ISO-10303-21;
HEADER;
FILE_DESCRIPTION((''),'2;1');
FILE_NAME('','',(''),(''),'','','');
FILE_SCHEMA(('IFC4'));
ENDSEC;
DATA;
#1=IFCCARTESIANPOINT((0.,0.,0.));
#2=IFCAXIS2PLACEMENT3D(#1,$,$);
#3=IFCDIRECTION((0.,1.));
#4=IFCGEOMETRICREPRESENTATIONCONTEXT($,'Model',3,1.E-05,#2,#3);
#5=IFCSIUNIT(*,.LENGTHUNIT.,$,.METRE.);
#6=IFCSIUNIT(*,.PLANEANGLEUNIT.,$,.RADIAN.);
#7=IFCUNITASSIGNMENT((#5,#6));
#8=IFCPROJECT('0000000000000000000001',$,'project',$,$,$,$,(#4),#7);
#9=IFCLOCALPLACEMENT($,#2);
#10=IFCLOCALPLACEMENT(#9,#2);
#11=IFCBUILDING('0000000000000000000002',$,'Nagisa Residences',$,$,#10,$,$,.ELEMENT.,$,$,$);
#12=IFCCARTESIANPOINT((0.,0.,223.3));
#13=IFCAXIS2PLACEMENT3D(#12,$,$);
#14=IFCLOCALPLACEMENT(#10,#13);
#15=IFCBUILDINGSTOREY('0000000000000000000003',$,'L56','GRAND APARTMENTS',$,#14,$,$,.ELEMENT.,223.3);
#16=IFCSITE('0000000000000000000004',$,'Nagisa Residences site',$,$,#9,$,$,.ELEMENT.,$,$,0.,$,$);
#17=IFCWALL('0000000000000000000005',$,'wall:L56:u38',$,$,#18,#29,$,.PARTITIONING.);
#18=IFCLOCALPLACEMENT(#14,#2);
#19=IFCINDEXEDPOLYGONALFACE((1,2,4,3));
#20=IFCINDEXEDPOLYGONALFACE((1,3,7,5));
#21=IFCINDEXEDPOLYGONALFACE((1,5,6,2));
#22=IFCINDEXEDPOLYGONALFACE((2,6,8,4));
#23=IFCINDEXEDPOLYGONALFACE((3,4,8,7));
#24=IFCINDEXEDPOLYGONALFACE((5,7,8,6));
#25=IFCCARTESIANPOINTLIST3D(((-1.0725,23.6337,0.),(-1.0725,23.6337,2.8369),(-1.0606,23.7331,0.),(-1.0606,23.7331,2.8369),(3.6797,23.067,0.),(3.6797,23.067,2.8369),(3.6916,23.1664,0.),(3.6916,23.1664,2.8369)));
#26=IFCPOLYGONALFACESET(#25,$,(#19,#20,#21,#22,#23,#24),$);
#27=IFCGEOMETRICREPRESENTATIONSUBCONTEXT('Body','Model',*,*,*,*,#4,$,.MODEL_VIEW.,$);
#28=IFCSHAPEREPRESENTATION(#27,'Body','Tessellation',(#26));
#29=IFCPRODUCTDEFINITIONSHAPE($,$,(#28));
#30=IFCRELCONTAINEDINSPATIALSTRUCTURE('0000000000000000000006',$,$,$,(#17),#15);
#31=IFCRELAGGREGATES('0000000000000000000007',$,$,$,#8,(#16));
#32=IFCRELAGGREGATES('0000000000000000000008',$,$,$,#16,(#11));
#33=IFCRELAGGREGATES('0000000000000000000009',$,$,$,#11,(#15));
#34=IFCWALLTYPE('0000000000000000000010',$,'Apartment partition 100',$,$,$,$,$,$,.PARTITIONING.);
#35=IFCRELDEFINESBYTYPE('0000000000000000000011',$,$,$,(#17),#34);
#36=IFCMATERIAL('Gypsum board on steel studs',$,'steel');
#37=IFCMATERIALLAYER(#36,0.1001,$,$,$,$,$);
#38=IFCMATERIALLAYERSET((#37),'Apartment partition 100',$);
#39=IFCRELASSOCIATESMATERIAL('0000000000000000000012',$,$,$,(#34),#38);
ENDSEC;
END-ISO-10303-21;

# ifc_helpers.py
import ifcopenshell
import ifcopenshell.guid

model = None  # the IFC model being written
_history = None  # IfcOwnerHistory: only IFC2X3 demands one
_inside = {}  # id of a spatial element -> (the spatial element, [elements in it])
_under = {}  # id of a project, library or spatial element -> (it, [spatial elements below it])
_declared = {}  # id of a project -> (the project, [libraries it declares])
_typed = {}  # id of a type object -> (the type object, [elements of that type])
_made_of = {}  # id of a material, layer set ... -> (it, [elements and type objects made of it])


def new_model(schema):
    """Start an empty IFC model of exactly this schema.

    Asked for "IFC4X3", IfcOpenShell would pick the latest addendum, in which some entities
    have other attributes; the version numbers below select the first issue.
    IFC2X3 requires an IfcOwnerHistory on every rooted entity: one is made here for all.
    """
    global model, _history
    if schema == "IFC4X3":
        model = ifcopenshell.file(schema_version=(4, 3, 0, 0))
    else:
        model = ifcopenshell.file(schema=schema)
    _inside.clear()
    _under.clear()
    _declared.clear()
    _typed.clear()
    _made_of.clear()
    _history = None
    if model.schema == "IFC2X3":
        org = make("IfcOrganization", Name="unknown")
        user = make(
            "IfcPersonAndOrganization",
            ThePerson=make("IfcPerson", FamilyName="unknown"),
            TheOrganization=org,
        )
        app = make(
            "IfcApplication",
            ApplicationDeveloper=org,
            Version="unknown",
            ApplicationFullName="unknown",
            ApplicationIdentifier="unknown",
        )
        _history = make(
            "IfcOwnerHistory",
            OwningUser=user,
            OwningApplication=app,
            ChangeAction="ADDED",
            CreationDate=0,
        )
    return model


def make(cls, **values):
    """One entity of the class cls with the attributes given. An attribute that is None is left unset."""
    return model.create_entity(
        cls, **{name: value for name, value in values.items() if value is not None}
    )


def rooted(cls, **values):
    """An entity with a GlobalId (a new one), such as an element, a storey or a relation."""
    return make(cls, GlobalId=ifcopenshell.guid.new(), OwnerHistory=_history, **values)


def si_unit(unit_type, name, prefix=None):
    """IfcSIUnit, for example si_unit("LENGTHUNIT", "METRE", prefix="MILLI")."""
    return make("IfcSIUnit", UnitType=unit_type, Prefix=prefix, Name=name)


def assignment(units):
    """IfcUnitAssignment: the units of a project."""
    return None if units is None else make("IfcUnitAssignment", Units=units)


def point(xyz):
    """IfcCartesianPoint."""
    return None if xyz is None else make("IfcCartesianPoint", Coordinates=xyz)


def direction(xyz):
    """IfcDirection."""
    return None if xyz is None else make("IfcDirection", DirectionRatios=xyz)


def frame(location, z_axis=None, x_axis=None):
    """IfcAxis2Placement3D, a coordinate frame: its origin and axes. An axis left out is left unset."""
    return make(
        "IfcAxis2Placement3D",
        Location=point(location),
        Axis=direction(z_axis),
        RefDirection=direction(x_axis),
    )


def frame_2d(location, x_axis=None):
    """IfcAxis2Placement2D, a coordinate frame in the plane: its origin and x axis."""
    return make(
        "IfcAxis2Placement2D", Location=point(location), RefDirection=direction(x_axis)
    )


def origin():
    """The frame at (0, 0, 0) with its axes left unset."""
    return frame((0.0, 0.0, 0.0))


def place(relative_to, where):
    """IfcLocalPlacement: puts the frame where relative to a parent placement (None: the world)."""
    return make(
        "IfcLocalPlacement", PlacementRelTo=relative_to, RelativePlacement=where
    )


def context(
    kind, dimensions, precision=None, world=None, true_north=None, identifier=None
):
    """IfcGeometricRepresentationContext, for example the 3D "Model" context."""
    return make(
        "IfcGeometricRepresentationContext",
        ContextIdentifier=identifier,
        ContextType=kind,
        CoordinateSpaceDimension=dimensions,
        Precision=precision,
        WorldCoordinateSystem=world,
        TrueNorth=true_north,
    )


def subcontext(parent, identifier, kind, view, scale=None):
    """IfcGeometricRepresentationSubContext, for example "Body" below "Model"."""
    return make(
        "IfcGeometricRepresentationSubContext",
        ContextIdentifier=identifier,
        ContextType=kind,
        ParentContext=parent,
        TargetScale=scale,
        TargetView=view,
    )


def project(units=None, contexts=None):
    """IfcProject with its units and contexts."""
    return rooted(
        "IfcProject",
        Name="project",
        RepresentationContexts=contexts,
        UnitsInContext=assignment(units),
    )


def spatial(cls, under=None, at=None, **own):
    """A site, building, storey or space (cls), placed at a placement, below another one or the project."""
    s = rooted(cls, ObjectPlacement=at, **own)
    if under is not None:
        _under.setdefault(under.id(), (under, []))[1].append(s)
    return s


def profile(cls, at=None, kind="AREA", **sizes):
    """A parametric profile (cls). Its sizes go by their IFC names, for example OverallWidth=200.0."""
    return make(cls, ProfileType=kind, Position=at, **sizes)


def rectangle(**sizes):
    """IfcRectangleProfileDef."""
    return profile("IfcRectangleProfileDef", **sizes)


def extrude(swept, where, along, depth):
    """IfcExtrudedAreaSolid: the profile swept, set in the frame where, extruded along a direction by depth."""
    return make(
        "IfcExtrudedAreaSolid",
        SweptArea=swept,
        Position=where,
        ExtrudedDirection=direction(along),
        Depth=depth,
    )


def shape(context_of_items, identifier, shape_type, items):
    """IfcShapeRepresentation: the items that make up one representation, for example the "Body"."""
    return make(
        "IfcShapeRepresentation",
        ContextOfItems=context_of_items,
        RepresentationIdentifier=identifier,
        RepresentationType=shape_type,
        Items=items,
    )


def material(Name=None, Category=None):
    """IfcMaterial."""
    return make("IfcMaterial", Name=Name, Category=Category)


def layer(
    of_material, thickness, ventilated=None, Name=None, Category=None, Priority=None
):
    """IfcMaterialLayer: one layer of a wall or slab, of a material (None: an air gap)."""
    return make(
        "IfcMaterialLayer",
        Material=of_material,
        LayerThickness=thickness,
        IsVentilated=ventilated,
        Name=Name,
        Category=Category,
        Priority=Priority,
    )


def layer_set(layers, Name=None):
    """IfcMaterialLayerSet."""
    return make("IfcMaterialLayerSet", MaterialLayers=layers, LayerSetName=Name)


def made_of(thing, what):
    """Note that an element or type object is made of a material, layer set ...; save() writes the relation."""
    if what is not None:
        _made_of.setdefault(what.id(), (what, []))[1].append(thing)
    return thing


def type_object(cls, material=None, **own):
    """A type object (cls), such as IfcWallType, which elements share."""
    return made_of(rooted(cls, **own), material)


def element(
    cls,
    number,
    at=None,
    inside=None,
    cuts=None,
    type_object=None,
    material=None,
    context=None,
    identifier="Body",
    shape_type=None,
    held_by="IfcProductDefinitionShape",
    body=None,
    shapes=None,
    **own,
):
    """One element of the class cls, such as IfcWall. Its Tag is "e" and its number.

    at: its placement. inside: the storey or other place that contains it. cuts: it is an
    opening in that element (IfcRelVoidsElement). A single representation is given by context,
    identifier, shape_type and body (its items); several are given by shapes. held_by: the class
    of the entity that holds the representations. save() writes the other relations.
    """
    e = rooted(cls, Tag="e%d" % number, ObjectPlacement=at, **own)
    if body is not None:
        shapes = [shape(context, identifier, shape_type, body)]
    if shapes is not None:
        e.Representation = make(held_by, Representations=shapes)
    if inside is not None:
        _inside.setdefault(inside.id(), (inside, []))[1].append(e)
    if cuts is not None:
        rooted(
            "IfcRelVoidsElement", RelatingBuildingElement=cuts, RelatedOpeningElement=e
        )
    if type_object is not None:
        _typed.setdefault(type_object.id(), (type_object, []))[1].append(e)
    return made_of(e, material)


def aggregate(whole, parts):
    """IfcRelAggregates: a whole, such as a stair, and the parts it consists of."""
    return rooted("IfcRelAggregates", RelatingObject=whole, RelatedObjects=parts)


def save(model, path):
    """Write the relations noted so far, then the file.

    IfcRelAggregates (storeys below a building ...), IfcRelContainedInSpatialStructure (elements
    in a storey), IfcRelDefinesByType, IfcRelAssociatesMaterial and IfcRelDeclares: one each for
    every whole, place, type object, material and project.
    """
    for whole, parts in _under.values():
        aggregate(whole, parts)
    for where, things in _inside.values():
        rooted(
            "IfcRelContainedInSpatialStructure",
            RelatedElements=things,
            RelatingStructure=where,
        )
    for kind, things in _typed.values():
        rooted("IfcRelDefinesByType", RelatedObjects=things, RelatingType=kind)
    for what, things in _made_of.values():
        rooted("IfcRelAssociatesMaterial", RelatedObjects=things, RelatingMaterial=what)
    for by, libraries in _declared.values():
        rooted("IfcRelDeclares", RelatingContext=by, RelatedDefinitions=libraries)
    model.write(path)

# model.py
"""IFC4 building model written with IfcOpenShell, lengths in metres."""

from ifc_helpers import new_model, si_unit, direction, frame, frame_2d, origin, place, context, subcontext, project, spatial, rectangle, extrude, material, layer, layer_set, type_object, element, save


model = new_model("IFC4")

# Units and contexts
model_context = context("Model", 3, precision=1e-05, world=origin(), true_north=direction((0.0, 1.0)))
body_context = subcontext(model_context, "Body", "Model", "MODEL_VIEW")
ifc_project = project(units=[si_unit("LENGTHUNIT", "METRE"), si_unit("PLANEANGLEUNIT", "RADIAN")], contexts=[model_context])

# Site, building, storey
site_placement = place(None, origin())
site = spatial("IfcSite", under=ifc_project, at=site_placement, Name="Nagisa Residences site", CompositionType="ELEMENT", RefElevation=0.0)
building_placement = place(site_placement, origin())
building = spatial("IfcBuilding", under=site, at=building_placement, Name="Nagisa Residences", CompositionType="ELEMENT")
storey_placement = place(building_placement, frame((0.0, 0.0, 223.3)))
storey = spatial("IfcBuildingStorey", under=building, at=storey_placement, Name="L56", Description="GRAND APARTMENTS", CompositionType="ELEMENT", Elevation=223.3)

# Shared definitions
ifc_material_1 = material(Name="Gypsum board on steel studs", Category="steel")
ifc_layer_1 = layer(ifc_material_1, 0.1001)
ifc_layer_set_1 = layer_set([ifc_layer_1], Name="Apartment partition 100")
wall_type_1 = type_object("IfcWallType", Name="Apartment partition 100", PredefinedType="PARTITIONING", material=ifc_layer_set_1)

# Wall
wall_1_placement = place(storey_placement, frame((3.6858, 23.1167, 0.0), z_axis=(0.0, 0.0, 1.0), x_axis=(-0.992966, 0.118401, 0.0)))
element("IfcWall", 1, at=wall_1_placement, inside=storey, type_object=wall_type_1, Name="wall:L56:u38", PredefinedType="PARTITIONING", context=body_context, shape_type="SweptSolid", body=[
    extrude(rectangle(XDim=4.7859, YDim=0.1001, at=frame_2d((2.3931, 0.0))), origin(), (0.0, 0.0, 1.0), 2.8369),
])

save(model, "model.ifc")
